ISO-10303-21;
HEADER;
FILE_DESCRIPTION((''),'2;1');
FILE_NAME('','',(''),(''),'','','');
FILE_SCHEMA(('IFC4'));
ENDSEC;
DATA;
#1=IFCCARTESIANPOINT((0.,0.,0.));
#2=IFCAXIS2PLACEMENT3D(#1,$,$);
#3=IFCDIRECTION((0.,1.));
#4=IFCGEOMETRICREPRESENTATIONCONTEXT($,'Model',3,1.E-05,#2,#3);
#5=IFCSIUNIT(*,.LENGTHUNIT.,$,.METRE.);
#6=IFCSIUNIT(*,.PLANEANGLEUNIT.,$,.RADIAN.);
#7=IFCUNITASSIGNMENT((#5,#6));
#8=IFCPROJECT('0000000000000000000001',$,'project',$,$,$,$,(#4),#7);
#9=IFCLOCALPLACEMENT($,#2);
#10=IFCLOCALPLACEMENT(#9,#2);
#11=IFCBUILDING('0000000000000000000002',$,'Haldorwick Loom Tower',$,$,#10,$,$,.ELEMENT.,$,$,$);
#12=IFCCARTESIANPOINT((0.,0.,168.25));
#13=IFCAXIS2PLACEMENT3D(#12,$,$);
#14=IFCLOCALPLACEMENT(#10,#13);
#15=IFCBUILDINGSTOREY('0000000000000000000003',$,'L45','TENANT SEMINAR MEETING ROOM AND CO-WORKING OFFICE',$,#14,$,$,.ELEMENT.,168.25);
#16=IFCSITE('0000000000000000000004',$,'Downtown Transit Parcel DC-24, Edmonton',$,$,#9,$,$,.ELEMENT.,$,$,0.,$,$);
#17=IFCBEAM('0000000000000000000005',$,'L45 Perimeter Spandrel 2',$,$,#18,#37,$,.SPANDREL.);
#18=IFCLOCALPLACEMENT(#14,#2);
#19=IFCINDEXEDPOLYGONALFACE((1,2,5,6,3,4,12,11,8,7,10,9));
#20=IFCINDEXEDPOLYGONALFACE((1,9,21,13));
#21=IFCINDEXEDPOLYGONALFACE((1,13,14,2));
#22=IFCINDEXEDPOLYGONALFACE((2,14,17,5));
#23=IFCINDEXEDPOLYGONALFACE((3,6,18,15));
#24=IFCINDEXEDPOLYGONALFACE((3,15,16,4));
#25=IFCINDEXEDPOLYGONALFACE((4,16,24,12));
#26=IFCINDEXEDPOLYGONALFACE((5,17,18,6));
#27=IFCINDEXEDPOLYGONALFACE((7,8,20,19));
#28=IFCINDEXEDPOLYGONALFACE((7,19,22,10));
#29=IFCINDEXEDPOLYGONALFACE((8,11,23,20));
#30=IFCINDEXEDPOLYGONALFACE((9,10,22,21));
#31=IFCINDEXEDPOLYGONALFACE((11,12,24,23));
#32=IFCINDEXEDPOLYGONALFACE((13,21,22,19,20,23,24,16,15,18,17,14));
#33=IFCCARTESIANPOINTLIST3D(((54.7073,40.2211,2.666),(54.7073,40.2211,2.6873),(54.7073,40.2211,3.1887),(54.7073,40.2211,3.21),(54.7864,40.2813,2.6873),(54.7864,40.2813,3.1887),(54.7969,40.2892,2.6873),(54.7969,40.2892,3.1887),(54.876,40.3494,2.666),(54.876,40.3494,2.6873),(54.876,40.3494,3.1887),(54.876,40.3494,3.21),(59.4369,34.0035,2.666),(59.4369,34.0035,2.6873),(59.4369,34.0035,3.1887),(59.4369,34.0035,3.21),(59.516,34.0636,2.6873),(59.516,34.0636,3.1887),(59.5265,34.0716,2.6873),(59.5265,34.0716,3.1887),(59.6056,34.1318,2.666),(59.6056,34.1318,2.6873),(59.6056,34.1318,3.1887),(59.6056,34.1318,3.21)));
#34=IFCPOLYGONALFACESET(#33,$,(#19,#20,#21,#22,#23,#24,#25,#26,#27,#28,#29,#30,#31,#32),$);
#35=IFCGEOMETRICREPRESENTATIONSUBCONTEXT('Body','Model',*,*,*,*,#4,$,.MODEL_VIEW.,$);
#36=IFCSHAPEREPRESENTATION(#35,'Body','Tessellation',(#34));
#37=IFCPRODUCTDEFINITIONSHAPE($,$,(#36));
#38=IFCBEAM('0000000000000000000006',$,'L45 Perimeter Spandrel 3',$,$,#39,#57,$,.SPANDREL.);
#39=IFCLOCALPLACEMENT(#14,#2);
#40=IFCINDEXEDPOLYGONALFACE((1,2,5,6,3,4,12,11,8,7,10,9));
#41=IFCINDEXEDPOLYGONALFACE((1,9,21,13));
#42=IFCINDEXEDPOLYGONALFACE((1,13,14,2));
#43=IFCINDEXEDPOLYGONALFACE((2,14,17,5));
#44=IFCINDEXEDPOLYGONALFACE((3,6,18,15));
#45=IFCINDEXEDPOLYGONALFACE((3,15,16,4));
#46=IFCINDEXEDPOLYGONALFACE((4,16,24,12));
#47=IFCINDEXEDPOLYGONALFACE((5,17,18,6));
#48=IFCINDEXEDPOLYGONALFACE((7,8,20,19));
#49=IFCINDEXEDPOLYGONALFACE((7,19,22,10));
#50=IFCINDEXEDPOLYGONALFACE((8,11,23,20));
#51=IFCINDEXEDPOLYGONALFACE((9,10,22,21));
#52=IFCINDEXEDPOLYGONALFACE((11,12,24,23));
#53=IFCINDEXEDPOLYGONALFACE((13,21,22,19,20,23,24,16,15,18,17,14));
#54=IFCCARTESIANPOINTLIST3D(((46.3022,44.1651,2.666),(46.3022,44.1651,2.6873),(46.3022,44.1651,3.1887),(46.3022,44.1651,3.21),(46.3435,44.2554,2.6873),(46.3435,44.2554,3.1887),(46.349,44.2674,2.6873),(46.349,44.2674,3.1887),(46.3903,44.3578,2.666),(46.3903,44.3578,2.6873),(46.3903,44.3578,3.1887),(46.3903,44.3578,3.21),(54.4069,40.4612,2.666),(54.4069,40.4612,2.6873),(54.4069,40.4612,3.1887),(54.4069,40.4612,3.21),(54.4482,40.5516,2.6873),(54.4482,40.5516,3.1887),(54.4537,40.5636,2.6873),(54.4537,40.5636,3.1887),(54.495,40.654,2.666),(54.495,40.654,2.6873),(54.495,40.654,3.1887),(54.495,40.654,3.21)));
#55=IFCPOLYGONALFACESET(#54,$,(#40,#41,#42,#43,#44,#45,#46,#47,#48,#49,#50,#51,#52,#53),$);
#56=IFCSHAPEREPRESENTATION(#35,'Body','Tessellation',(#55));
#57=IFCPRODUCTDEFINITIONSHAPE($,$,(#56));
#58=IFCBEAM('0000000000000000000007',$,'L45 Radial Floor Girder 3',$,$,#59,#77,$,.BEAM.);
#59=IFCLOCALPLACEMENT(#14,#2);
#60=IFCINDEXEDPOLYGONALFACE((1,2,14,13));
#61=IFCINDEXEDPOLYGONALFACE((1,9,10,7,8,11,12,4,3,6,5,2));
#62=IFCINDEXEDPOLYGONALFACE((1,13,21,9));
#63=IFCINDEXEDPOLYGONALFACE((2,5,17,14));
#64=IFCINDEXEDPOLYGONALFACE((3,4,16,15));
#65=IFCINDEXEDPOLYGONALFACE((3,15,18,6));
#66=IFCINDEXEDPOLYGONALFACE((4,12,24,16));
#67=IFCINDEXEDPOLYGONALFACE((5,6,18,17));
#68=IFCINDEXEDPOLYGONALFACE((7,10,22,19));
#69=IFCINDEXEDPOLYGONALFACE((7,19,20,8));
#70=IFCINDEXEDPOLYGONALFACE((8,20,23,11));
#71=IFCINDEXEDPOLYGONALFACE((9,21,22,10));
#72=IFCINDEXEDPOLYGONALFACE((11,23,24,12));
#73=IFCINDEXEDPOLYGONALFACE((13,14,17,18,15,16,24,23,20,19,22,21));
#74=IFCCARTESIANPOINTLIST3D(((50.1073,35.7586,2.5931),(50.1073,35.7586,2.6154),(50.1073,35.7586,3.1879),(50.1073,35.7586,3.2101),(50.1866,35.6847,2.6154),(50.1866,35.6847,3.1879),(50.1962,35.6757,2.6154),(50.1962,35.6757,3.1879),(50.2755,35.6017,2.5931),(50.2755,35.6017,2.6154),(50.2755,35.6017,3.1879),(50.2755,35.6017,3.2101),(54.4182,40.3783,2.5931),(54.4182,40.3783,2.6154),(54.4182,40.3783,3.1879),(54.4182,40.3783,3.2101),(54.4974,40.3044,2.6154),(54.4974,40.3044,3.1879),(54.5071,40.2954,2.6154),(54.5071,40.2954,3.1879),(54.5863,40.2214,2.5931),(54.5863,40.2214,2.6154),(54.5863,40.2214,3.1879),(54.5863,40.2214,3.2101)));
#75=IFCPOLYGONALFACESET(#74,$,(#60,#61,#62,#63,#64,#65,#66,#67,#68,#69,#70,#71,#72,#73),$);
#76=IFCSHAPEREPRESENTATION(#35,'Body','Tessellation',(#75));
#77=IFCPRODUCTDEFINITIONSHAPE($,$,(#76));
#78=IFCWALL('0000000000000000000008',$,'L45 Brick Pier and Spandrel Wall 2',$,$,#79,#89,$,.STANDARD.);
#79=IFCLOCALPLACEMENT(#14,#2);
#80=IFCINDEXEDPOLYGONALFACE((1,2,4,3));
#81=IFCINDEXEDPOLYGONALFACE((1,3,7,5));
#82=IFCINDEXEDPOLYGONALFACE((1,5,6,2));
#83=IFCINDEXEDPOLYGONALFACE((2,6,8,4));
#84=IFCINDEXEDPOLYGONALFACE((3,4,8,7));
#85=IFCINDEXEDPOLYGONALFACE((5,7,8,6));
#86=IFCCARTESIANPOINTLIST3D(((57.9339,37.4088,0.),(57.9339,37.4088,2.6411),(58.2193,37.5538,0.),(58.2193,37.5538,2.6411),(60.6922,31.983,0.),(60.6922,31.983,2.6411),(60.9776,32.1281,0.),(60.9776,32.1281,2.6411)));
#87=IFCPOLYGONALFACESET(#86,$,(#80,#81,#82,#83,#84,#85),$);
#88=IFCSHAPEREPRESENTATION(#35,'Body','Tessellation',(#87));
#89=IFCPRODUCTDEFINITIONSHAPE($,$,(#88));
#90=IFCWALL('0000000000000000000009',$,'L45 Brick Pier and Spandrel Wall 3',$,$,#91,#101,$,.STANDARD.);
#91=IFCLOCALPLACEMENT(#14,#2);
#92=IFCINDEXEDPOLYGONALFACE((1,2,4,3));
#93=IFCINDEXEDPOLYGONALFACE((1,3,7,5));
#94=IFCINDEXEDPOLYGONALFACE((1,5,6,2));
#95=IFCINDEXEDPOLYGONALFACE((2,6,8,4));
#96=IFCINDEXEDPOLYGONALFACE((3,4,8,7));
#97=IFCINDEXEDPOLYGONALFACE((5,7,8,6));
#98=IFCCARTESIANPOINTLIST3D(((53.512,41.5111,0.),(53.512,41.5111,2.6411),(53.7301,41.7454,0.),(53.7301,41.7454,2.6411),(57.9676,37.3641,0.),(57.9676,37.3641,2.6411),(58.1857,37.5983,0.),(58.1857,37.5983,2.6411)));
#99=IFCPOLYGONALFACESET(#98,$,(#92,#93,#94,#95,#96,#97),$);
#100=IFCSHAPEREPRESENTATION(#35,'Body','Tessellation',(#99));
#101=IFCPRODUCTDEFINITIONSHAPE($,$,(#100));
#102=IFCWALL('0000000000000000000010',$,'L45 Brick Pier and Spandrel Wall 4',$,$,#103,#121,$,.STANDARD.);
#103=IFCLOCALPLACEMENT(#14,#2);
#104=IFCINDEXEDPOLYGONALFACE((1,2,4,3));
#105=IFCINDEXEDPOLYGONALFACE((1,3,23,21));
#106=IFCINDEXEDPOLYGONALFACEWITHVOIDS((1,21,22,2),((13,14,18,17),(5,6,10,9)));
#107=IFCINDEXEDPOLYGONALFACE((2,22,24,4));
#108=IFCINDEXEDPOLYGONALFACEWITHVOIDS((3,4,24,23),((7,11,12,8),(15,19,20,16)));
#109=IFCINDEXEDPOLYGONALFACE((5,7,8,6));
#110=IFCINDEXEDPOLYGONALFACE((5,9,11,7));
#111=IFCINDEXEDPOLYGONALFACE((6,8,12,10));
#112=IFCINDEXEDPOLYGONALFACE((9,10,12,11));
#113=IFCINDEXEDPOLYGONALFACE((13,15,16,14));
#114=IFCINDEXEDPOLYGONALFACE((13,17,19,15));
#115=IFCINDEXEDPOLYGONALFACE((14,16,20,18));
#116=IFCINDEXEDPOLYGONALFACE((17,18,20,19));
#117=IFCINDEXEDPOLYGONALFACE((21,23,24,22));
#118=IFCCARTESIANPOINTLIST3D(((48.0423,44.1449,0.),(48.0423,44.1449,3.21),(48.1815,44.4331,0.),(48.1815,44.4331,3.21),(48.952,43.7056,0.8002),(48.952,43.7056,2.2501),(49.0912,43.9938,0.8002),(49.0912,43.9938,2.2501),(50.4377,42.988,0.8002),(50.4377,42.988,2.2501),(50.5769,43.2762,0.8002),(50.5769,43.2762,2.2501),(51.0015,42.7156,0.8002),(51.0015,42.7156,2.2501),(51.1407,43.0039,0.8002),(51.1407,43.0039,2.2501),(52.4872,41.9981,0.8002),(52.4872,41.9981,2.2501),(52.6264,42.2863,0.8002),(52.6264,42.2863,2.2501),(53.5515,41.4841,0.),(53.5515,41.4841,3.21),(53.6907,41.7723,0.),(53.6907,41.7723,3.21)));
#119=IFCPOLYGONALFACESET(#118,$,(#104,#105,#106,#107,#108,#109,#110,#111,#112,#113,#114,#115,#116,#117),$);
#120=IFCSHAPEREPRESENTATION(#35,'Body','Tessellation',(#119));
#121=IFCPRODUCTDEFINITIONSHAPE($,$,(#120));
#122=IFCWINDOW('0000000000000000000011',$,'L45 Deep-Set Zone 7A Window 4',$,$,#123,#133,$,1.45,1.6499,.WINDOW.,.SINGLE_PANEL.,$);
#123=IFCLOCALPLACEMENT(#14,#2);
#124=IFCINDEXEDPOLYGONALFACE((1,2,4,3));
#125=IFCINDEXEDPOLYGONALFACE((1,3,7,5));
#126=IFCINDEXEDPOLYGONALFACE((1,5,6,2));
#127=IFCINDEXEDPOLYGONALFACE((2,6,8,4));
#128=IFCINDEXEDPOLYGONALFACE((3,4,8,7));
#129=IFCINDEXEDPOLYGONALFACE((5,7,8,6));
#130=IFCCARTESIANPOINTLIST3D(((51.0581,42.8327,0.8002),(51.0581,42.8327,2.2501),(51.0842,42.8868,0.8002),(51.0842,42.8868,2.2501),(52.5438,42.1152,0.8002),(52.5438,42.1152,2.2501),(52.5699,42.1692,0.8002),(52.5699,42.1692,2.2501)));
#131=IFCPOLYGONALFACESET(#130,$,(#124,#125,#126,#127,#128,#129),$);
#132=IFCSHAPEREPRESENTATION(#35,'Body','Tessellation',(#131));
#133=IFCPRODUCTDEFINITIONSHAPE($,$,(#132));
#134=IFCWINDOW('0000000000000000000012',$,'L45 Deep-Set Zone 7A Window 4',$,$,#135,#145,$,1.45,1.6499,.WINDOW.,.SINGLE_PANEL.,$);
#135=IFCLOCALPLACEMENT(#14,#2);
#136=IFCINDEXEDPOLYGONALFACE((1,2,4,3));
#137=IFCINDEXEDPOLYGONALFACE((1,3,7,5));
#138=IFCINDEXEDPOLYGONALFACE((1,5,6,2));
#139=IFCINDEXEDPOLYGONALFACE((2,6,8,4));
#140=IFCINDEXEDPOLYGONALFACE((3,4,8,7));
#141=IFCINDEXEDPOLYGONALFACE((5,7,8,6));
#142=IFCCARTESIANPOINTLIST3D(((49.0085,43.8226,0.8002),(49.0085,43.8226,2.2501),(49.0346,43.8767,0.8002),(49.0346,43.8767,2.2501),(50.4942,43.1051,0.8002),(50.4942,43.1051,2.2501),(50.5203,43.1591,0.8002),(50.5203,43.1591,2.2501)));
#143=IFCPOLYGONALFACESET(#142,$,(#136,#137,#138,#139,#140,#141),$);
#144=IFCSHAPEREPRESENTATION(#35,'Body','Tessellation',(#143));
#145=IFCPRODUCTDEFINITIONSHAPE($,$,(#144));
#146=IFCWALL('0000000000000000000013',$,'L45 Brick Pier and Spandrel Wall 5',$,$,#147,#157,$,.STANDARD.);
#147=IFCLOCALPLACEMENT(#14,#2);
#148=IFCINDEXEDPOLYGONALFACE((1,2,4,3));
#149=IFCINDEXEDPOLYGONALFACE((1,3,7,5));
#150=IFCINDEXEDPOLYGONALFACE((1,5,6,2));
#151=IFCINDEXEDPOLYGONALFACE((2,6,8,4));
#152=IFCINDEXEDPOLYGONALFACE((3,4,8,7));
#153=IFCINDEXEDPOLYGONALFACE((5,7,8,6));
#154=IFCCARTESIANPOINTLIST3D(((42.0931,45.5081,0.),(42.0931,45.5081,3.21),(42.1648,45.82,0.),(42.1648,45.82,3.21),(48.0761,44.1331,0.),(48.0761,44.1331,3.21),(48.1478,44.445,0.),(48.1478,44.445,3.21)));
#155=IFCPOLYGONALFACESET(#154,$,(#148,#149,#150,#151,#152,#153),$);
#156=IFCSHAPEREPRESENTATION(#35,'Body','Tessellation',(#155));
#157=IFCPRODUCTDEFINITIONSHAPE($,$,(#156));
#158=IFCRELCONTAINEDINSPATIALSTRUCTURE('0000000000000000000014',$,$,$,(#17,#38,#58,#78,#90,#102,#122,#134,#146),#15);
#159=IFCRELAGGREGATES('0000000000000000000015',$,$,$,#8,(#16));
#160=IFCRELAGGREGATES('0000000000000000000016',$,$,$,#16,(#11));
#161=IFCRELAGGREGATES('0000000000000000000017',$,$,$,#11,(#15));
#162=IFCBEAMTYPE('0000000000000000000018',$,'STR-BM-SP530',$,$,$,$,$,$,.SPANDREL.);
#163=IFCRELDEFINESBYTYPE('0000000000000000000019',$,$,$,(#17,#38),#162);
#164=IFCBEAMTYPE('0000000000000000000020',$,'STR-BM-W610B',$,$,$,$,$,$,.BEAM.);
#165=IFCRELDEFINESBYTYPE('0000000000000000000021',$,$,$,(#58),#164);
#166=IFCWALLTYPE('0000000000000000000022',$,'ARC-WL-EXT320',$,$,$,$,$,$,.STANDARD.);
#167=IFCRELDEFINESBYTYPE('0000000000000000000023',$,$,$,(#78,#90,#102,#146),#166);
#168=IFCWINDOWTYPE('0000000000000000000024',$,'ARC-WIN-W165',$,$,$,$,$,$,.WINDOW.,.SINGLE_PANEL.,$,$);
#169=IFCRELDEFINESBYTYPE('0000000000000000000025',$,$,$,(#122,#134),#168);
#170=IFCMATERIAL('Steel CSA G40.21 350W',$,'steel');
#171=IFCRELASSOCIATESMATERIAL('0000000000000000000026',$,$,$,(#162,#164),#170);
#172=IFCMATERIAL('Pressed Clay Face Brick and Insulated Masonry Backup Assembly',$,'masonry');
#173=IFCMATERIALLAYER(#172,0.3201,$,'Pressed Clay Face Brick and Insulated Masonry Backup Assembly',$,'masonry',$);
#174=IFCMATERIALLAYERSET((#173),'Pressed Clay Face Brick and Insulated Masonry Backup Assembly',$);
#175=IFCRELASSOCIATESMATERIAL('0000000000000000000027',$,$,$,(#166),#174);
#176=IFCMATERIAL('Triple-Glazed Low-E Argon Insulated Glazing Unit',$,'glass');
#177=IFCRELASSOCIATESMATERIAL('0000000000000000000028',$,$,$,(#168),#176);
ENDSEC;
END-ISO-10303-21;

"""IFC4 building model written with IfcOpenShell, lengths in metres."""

from ifc_helpers import new_model, si_unit, direction, frame, frame_2d, origin, origin_2d, place, context, subcontext, project, spatial, rectangle, i_section, extrude, material, layer, layer_set, material_profile, profile_set, type_object, element, fill, save


model = new_model("IFC4")

# Units and contexts
model_context = context("Model", 3, precision=1e-05, world=origin(), true_north=direction((0.0, 1.0)))
body_context = subcontext(model_context, "Body", "Model", "MODEL_VIEW")
ifc_project = project(units=[si_unit("LENGTHUNIT", "METRE"), si_unit("PLANEANGLEUNIT", "RADIAN")], contexts=[model_context])

# Site, building, storey
site_placement = place(None, origin())
site = spatial("IfcSite", under=ifc_project, at=site_placement, Name="Downtown Transit Parcel DC-24, Edmonton", CompositionType="ELEMENT", RefElevation=0.0)
building_placement = place(site_placement, origin())
building = spatial("IfcBuilding", under=site, at=building_placement, Name="Haldorwick Loom Tower", CompositionType="ELEMENT")
storey_placement = place(building_placement, frame((0.0, 0.0, 168.25)))
storey = spatial("IfcBuildingStorey", under=building, at=storey_placement, Name="L45", Description="TENANT SEMINAR MEETING ROOM AND CO-WORKING OFFICE", CompositionType="ELEMENT", Elevation=168.25)

# Shared definitions
ifc_material_1 = material(Name="Steel CSA G40.21 350W", Category="steel")

# Beams
ifc_material_profile_1 = material_profile(ifc_material_1, i_section(OverallWidth=0.2119, OverallDepth=0.5439, WebThickness=0.0132, FlangeThickness=0.0212, at=origin_2d()), Name="W530X123", Category="steel")
ifc_profile_set_1 = profile_set([ifc_material_profile_1], Name="Steel CSA G40.21 350W")
beam_type_1 = type_object("IfcBeamType", Name="STR-BM-SP530", PredefinedType="SPANDREL", material=ifc_profile_set_1)
beam_1_placement = place(storey_placement, frame((59.5212, 34.0676, 2.938), z_axis=(-0.605422, 0.795905, 0.0), x_axis=(-0.795905, -0.605422, 0.0)))
element("IfcBeam", 1, at=beam_1_placement, inside=storey, type_object=beam_type_1, Name="L45 Perimeter Spandrel 2", PredefinedType="SPANDREL", context=body_context, shape_type="SweptSolid", body=[
    extrude(i_section(OverallWidth=0.2119, OverallDepth=0.5439, WebThickness=0.0132, FlangeThickness=0.0212, at=origin_2d()), origin(), (0.0, 0.0, 1.0), 7.812),
])
beam_2_placement = place(storey_placement, frame((54.4509, 40.5576, 2.938), z_axis=(-0.909524, 0.415652, 0.0), x_axis=(-0.415652, -0.909524, 0.0)))
element("IfcBeam", 2, at=beam_2_placement, inside=storey, type_object=beam_type_1, Name="L45 Perimeter Spandrel 3", PredefinedType="SPANDREL", context=body_context, shape_type="SweptSolid", body=[
    extrude(i_section(OverallWidth=0.2119, OverallDepth=0.5439, WebThickness=0.0132, FlangeThickness=0.0212, at=origin_2d()), origin(), (0.0, 0.0, 1.0), 8.9109),
])
ifc_material_profile_2 = material_profile(ifc_material_1, i_section(OverallWidth=0.23, OverallDepth=0.6169, WebThickness=0.0132, FlangeThickness=0.0222, at=origin_2d()), Name="W610X140", Category="steel")
ifc_profile_set_2 = profile_set([ifc_material_profile_2], Name="Steel CSA G40.21 350W")
beam_type_2 = type_object("IfcBeamType", Name="STR-BM-W610B", PredefinedType="BEAM", material=ifc_profile_set_2)
beam_3_placement = place(storey_placement, frame((50.1914, 35.6802, 2.9016), z_axis=(0.682245, 0.731123, 0.0), x_axis=(-0.731123, 0.682245, 0.0)))
element("IfcBeam", 3, at=beam_3_placement, inside=storey, type_object=beam_type_2, Name="L45 Radial Floor Girder 3", PredefinedType="BEAM", context=body_context, shape_type="SweptSolid", body=[
    extrude(i_section(OverallWidth=0.23, OverallDepth=0.6169, WebThickness=0.0132, FlangeThickness=0.0222, at=origin_2d()), origin(), (0.0, 0.0, 1.0), 6.3186),
])

# Walls
ifc_material_2 = material(Name="Pressed Clay Face Brick and Insulated Masonry Backup Assembly", Category="masonry")
ifc_layer_1 = layer(ifc_material_2, 0.3201, Name="Pressed Clay Face Brick and Insulated Masonry Backup Assembly", Category="masonry")
ifc_layer_set_1 = layer_set([ifc_layer_1], Name="Pressed Clay Face Brick and Insulated Masonry Backup Assembly")
wall_type_1 = type_object("IfcWallType", Name="ARC-WL-EXT320", PredefinedType="STANDARD", material=ifc_layer_set_1)
wall_1_placement = place(storey_placement, frame((60.835, 32.0554, 0.0), z_axis=(0.0, 0.0, 1.0), x_axis=(-0.453172, 0.891423, 0.0)))
element("IfcWall", 4, at=wall_1_placement, inside=storey, type_object=wall_type_1, Name="L45 Brick Pier and Spandrel Wall 2", PredefinedType="STANDARD", context=body_context, shape_type="SweptSolid", body=[
    extrude(rectangle(XDim=6.0867, YDim=0.3201, at=frame_2d((3.0435, 0.0))), origin(), (0.0, 0.0, 1.0), 2.6411),
])
wall_2_placement = place(storey_placement, frame((58.0767, 37.4812, 0.0), z_axis=(0.0, 0.0, 1.0), x_axis=(-0.732002, 0.681303, 0.0)))
element("IfcWall", 5, at=wall_2_placement, inside=storey, type_object=wall_type_1, Name="L45 Brick Pier and Spandrel Wall 3", PredefinedType="STANDARD", context=body_context, shape_type="SweptSolid", body=[
    extrude(rectangle(XDim=6.0869, YDim=0.3201, at=frame_2d((3.0435, 0.0))), origin(), (0.0, 0.0, 1.0), 2.6411),
])

# Wall, openings, windows
wall_3_placement = place(storey_placement, frame((53.6211, 41.6282, 0.0), z_axis=(0.0, 0.0, 1.0), x_axis=(-0.900472, 0.434913, 0.0)))
wall_3 = element("IfcWall", 6, at=wall_3_placement, inside=storey, type_object=wall_type_1, Name="L45 Brick Pier and Spandrel Wall 4", PredefinedType="STANDARD", context=body_context, shape_type="SweptSolid", body=[
    extrude(rectangle(XDim=6.1182, YDim=0.3201, at=frame_2d((3.0591, 0.0))), origin(), (0.0, 0.0, 1.0), 3.21),
])
opening_1_placement = place(wall_3_placement, frame((1.1819, 0.0, 0.8)))
opening_1 = element("IfcOpeningElement", 7, at=opening_1_placement, cuts=wall_3, PredefinedType="OPENING", context=body_context, shape_type="SweptSolid", body=[
    extrude(rectangle(XDim=1.6499, YDim=1.45, at=frame_2d((0.825, 0.7251))), frame((0.0, 0.1699, 0.0), z_axis=(0.0, -1.0, 0.0), x_axis=(1.0, 0.0, 0.0)), (0.0, 0.0, 1.0), 0.3401),
])
opening_2_placement = place(wall_3_placement, frame((3.458, 0.0, 0.8)))
opening_2 = element("IfcOpeningElement", 8, at=opening_2_placement, cuts=wall_3, PredefinedType="OPENING", context=body_context, shape_type="SweptSolid", body=[
    extrude(rectangle(XDim=1.6499, YDim=1.45, at=frame_2d((0.825, 0.7251))), frame((0.0, 0.1699, 0.0), z_axis=(0.0, -1.0, 0.0), x_axis=(1.0, 0.0, 0.0)), (0.0, 0.0, 1.0), 0.3401),
])
ifc_material_3 = material(Name="Triple-Glazed Low-E Argon Insulated Glazing Unit", Category="glass")
window_type = type_object("IfcWindowType", Name="ARC-WIN-W165", PartitioningType="SINGLE_PANEL", PredefinedType="WINDOW", material=ifc_material_3)
window_1_placement = place(opening_1_placement, origin())
window_1 = element("IfcWindow", 9, at=window_1_placement, inside=storey, type_object=window_type, Name="L45 Deep-Set Zone 7A Window 4", OverallHeight=1.45, OverallWidth=1.6499, PartitioningType="SINGLE_PANEL", PredefinedType="WINDOW", context=body_context, shape_type="SweptSolid", body=[
    extrude(rectangle(XDim=1.6499, YDim=1.45, at=frame_2d((0.825, 0.7251))), frame((0.0, 0.03, 0.0), z_axis=(0.0, -1.0, 0.0), x_axis=(1.0, 0.0, 0.0)), (0.0, 0.0, 1.0), 0.0601),
])
fill(opening_1, window_1)
window_2_placement = place(opening_2_placement, origin())
window_2 = element("IfcWindow", 10, at=window_2_placement, inside=storey, type_object=window_type, Name="L45 Deep-Set Zone 7A Window 4", OverallHeight=1.45, OverallWidth=1.6499, PartitioningType="SINGLE_PANEL", PredefinedType="WINDOW", context=body_context, shape_type="SweptSolid", body=[
    extrude(rectangle(XDim=1.6499, YDim=1.45, at=frame_2d((0.825, 0.7251))), frame((0.0, 0.03, 0.0), z_axis=(0.0, -1.0, 0.0), x_axis=(1.0, 0.0, 0.0)), (0.0, 0.0, 1.0), 0.0601),
])
fill(opening_2, window_2)

# Wall
wall_4_placement = place(storey_placement, frame((48.1118, 44.2891, 0.0), z_axis=(0.0, 0.0, 1.0), x_axis=(-0.974593, 0.223982, 0.0)))
element("IfcWall", 11, at=wall_4_placement, inside=storey, type_object=wall_type_1, Name="L45 Brick Pier and Spandrel Wall 5", PredefinedType="STANDARD", context=body_context, shape_type="SweptSolid", body=[
    extrude(rectangle(XDim=6.1389, YDim=0.3201, at=frame_2d((3.0693, 0.0))), origin(), (0.0, 0.0, 1.0), 3.21),
])

save(model, "model.ifc")
